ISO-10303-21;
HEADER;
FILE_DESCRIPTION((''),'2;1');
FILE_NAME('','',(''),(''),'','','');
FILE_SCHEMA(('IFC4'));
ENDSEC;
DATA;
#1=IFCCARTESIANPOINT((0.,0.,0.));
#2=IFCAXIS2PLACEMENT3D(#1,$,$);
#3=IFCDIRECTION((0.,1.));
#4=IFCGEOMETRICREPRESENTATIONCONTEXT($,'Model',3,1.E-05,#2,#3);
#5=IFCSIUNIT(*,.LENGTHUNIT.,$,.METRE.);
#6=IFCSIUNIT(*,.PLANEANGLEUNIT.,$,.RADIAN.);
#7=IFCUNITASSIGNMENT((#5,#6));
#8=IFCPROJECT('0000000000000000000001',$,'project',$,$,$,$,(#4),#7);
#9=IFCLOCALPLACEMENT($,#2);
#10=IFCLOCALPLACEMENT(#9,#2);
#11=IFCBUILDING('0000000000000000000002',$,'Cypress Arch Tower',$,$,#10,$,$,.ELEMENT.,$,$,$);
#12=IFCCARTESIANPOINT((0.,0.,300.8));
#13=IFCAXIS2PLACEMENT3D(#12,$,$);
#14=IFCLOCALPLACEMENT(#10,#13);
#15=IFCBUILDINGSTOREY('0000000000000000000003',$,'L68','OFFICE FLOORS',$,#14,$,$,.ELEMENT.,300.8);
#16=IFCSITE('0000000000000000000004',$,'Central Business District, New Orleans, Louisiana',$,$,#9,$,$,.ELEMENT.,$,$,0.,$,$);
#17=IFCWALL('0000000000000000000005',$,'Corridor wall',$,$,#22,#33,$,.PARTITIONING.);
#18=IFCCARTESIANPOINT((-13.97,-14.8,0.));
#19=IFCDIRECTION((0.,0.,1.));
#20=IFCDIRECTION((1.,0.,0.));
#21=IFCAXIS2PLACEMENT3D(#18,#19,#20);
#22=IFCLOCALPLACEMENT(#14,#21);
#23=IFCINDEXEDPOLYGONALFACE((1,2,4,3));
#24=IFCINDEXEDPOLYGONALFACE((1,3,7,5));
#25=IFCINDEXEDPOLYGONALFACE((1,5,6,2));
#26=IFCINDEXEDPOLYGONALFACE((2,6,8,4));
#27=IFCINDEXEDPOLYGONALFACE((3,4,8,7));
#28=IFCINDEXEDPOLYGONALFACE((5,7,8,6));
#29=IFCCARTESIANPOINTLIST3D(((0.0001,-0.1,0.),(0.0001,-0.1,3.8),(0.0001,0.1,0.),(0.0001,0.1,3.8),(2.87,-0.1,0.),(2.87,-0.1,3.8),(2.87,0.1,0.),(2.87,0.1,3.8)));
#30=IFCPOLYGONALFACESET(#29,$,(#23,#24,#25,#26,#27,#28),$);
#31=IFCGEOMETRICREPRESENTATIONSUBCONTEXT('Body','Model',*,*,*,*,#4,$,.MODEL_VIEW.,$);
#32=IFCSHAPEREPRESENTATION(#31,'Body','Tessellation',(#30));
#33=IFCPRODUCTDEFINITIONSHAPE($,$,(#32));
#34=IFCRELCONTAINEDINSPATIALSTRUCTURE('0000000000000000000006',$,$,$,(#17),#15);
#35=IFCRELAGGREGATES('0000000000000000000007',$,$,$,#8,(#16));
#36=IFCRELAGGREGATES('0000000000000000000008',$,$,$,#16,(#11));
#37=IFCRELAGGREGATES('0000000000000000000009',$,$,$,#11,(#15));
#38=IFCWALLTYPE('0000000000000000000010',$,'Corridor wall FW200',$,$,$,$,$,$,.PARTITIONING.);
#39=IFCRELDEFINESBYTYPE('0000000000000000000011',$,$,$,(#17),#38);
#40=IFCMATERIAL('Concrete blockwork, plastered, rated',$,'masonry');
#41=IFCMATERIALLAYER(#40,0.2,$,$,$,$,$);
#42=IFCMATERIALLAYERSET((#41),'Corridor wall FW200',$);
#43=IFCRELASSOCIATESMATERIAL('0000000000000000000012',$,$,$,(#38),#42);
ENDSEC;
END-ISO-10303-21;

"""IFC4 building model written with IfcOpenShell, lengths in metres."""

from ifc_helpers import new_model, si_unit, direction, frame, frame_2d, origin, place, context, subcontext, project, spatial, rectangle, extrude, material, layer, layer_set, type_object, element, save


model = new_model("IFC4")

# Units and contexts
model_context = context("Model", 3, precision=1e-05, world=origin(), true_north=direction((0.0, 1.0)))
body_context = subcontext(model_context, "Body", "Model", "MODEL_VIEW")
ifc_project = project(units=[si_unit("LENGTHUNIT", "METRE"), si_unit("PLANEANGLEUNIT", "RADIAN")], contexts=[model_context])

# Site, building, storey
site_placement = place(None, origin())
site = spatial("IfcSite", under=ifc_project, at=site_placement, Name="Central Business District, New Orleans, Louisiana", CompositionType="ELEMENT", RefElevation=0.0)
building_placement = place(site_placement, origin())
building = spatial("IfcBuilding", under=site, at=building_placement, Name="Cypress Arch Tower", CompositionType="ELEMENT")
storey_placement = place(building_placement, frame((0.0, 0.0, 300.8)))
storey = spatial("IfcBuildingStorey", under=building, at=storey_placement, Name="L68", Description="OFFICE FLOORS", CompositionType="ELEMENT", Elevation=300.8)

# Wall
ifc_material_1 = material(Name="Concrete blockwork, plastered, rated", Category="masonry")
ifc_layer_1 = layer(ifc_material_1, 0.2)
ifc_layer_set_1 = layer_set([ifc_layer_1], Name="Corridor wall FW200")
wall_type_1 = type_object("IfcWallType", Name="Corridor wall FW200", PredefinedType="PARTITIONING", material=ifc_layer_set_1)
wall_1_placement = place(storey_placement, frame((-13.97, -14.8, 0.0), z_axis=(0.0, 0.0, 1.0), x_axis=(1.0, 0.0, 0.0)))
element("IfcWall", 1, at=wall_1_placement, inside=storey, type_object=wall_type_1, Name="Corridor wall", PredefinedType="PARTITIONING", context=body_context, shape_type="SweptSolid", body=[
    extrude(rectangle(XDim=2.8699, YDim=0.2, at=frame_2d((1.4351, 0.0))), origin(), (0.0, 0.0, 1.0), 3.8),
])

save(model, "model.ifc")
